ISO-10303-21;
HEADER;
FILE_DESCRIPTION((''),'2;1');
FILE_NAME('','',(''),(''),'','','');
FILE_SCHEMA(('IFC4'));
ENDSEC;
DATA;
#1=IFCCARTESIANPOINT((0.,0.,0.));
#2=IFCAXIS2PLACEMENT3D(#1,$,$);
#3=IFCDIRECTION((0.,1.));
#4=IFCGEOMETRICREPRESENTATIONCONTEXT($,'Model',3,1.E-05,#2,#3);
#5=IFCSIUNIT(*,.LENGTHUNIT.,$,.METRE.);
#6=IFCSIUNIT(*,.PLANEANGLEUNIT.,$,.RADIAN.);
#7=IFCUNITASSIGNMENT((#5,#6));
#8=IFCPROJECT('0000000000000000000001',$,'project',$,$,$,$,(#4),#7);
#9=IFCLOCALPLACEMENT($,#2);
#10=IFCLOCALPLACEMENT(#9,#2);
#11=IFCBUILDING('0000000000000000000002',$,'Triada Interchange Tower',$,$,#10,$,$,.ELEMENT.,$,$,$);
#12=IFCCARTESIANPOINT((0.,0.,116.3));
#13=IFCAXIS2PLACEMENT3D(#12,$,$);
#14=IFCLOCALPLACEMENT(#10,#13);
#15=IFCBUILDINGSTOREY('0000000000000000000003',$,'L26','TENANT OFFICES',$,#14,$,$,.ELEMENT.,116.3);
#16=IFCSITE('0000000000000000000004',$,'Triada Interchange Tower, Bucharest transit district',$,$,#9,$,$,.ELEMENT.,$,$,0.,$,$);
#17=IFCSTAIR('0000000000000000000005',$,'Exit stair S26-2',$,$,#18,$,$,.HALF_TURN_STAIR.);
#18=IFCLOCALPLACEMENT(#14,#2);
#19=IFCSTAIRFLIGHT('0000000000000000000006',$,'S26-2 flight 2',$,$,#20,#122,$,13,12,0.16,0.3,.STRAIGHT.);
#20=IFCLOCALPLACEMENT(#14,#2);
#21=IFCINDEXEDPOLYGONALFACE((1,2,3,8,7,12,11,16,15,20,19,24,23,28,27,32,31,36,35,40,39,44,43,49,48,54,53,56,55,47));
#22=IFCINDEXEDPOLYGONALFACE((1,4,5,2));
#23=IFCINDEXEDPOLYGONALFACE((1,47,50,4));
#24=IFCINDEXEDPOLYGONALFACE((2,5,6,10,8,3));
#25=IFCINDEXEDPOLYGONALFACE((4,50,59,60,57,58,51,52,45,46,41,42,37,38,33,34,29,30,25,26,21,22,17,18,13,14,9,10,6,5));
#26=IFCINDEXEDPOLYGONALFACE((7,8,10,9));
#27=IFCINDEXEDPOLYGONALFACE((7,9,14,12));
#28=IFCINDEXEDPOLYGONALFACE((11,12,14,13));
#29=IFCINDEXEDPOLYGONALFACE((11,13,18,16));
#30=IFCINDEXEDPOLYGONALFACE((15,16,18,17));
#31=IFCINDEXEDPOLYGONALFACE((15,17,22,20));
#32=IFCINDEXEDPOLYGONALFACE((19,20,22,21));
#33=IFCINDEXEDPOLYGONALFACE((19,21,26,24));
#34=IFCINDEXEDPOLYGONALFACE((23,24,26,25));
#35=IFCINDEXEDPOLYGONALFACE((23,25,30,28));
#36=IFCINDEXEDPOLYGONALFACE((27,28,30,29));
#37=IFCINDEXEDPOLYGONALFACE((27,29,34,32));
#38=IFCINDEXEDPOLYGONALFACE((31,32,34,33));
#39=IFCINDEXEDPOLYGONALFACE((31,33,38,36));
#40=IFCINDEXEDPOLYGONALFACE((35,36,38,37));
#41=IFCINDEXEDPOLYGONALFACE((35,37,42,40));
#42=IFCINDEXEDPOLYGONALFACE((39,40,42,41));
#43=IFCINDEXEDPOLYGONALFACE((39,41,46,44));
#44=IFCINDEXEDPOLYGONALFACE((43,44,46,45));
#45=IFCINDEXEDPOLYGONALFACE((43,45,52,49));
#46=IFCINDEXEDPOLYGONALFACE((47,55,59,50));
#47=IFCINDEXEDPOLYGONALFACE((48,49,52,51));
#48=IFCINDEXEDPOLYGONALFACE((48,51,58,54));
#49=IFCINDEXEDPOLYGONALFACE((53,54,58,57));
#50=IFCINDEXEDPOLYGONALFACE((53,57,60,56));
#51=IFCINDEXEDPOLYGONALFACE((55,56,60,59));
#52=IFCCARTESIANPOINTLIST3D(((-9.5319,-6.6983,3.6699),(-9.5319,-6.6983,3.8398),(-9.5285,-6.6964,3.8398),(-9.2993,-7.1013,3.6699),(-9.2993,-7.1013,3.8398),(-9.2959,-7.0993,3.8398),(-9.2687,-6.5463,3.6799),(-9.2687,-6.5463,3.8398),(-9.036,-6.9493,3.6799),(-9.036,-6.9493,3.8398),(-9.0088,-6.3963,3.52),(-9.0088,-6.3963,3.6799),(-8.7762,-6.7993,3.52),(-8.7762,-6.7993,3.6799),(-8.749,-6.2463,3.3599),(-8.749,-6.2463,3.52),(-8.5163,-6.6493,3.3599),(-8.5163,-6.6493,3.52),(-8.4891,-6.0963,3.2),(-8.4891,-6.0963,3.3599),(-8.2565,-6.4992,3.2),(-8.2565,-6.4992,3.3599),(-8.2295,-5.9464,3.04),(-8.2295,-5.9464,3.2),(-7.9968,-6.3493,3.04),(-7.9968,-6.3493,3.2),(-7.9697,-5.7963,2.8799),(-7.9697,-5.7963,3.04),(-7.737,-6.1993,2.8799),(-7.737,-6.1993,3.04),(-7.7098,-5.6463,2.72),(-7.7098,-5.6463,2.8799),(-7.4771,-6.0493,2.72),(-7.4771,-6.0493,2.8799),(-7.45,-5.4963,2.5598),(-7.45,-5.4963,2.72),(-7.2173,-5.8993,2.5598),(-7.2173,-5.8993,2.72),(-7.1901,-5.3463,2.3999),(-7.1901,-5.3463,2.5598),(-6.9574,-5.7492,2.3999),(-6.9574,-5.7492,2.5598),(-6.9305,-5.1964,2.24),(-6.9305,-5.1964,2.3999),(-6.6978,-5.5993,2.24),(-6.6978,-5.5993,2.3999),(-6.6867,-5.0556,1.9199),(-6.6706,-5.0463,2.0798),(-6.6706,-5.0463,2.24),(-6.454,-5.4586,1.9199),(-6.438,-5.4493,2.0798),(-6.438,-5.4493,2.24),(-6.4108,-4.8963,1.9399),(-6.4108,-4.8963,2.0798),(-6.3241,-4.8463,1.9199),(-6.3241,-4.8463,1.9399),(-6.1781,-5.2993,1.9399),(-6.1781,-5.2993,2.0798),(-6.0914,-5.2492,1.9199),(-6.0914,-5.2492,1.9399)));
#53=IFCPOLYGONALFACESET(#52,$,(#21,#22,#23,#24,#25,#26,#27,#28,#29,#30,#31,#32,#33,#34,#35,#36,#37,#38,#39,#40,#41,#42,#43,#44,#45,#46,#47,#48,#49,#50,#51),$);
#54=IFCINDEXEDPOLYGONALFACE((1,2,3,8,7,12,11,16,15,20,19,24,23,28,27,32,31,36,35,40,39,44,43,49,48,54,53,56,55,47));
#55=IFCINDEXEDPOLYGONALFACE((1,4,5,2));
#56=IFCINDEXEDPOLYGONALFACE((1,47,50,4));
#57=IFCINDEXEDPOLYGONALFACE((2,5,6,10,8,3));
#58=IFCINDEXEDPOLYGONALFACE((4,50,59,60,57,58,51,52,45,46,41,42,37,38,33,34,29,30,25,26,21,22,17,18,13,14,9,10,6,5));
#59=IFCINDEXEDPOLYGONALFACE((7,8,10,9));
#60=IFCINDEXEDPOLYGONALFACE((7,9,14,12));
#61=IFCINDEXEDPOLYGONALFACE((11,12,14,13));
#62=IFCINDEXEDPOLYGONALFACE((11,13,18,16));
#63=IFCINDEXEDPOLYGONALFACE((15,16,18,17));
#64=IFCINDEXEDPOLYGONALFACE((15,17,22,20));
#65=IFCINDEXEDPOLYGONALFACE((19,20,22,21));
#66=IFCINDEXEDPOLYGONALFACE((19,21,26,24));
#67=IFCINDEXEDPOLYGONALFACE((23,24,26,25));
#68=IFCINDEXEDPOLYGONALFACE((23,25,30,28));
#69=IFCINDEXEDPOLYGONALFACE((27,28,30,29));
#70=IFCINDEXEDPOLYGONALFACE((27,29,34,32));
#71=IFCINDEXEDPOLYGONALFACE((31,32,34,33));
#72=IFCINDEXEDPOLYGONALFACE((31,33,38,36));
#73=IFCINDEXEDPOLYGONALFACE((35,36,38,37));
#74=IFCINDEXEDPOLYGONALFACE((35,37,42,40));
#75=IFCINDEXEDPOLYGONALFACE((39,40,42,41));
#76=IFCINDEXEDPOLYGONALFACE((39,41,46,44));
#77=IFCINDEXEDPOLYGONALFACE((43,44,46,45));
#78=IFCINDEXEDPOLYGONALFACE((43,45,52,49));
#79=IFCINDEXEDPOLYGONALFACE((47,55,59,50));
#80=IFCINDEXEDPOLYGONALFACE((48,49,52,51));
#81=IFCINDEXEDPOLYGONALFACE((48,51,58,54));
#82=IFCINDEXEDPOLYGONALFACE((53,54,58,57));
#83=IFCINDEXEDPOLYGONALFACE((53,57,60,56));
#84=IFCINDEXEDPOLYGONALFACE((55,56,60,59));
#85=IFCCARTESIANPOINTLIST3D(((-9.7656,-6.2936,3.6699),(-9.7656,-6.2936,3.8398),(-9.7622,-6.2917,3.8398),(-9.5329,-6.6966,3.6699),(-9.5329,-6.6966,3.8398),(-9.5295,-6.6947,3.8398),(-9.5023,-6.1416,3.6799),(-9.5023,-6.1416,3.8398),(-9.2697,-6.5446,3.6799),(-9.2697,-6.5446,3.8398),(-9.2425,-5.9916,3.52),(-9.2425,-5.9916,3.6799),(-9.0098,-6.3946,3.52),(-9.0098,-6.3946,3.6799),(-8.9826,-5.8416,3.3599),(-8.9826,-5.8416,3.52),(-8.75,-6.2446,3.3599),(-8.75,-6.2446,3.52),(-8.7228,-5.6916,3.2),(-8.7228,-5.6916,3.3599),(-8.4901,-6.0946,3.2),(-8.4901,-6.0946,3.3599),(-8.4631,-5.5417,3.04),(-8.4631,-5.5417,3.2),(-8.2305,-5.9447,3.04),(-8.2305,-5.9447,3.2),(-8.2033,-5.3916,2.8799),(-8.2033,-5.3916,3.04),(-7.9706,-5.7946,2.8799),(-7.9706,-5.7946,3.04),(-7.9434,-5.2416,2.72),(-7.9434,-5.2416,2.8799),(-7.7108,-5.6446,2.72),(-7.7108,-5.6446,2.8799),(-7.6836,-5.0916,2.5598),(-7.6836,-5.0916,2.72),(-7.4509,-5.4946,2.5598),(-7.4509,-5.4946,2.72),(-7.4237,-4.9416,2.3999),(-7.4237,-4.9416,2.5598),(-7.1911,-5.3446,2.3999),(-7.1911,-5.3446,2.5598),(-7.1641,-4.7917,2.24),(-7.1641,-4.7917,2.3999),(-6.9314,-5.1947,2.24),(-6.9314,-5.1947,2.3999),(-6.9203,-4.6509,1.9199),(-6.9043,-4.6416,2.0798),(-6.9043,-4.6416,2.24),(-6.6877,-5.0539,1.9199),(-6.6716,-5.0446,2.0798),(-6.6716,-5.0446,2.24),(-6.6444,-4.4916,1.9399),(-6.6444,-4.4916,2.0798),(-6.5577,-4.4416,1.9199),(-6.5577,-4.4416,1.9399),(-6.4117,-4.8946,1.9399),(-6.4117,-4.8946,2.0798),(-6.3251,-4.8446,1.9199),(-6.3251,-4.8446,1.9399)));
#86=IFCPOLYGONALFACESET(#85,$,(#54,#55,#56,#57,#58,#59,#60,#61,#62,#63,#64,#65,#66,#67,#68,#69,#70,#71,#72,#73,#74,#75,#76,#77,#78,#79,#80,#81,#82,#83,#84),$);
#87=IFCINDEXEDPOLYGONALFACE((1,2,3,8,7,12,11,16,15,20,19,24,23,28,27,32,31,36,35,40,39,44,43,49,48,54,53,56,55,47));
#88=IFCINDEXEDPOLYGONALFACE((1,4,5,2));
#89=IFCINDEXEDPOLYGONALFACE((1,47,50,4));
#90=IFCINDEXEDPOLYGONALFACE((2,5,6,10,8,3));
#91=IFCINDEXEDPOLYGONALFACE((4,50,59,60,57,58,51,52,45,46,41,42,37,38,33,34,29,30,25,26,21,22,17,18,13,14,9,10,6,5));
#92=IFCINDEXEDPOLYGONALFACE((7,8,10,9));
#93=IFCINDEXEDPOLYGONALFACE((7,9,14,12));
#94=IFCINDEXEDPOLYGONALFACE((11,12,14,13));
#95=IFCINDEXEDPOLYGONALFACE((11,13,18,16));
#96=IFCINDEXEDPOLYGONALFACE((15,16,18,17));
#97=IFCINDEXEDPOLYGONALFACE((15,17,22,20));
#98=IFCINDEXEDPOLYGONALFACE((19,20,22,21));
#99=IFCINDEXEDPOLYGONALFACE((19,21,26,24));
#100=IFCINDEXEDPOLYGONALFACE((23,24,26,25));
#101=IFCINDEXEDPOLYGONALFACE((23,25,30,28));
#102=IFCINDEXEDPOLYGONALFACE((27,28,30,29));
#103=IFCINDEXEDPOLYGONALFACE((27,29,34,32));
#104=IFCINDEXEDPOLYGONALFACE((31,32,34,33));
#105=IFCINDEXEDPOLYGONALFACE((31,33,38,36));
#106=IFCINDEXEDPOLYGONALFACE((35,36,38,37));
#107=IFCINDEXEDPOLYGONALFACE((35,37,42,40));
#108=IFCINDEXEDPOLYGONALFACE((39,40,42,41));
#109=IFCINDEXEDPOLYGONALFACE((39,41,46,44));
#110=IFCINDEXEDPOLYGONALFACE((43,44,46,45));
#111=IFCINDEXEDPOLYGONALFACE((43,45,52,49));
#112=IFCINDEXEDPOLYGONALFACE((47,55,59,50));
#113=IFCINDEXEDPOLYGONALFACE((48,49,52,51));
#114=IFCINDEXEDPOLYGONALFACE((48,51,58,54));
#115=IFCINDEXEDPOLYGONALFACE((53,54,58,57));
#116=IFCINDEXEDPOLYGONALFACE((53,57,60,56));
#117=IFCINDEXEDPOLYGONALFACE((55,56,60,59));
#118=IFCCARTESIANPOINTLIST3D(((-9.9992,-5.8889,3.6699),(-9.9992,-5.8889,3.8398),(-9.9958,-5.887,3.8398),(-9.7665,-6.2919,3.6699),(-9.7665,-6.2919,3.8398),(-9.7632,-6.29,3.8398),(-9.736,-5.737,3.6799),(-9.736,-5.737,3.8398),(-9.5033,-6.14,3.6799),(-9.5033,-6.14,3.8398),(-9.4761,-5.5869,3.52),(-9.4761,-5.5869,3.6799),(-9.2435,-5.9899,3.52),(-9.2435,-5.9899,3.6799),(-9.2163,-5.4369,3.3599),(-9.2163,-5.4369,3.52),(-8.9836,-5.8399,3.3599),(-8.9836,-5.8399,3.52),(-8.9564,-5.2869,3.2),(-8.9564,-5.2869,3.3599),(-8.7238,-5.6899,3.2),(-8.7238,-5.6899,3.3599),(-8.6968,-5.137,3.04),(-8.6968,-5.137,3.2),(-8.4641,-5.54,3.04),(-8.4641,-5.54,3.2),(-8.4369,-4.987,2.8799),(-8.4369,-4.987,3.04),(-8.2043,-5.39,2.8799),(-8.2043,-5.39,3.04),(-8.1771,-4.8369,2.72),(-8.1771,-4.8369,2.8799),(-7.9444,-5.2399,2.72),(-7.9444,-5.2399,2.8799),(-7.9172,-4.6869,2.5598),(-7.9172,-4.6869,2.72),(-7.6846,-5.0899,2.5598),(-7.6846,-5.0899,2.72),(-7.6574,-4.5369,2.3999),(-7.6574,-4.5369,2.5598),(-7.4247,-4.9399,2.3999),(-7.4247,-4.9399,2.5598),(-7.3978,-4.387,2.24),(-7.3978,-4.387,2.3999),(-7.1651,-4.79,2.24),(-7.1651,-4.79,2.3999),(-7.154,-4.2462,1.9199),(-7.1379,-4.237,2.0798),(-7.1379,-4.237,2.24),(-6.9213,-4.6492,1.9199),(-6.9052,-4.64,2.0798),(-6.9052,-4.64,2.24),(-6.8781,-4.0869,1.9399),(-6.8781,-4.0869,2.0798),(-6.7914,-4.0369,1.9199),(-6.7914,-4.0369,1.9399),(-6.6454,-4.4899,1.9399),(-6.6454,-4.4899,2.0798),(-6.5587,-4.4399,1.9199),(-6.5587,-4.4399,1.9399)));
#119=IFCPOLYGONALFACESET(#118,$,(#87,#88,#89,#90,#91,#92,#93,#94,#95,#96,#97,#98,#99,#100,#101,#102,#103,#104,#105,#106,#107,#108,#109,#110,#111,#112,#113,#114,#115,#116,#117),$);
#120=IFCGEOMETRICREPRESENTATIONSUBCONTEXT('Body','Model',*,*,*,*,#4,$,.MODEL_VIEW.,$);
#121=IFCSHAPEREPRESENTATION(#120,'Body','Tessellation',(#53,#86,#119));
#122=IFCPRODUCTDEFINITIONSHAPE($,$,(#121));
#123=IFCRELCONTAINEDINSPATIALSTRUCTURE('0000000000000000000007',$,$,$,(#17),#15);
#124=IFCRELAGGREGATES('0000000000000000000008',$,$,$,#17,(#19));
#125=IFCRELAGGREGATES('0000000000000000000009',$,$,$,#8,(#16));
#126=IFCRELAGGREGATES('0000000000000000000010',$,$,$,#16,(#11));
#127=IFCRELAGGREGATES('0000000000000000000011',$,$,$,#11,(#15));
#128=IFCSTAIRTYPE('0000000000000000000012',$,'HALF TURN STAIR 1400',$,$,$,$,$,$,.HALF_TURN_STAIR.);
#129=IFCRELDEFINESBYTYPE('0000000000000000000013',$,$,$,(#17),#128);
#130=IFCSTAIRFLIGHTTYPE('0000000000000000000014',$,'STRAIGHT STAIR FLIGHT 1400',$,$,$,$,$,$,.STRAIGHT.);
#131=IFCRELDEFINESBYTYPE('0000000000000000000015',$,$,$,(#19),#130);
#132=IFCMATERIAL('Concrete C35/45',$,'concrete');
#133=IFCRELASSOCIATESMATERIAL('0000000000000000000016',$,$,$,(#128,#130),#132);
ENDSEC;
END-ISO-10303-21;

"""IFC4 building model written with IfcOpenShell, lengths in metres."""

from ifc_helpers import new_model, si_unit, direction, frame, origin, place, context, subcontext, project, spatial, polyline, outline, extrude, material, type_object, element, aggregate, save


model = new_model("IFC4")

# Units and contexts
model_context = context("Model", 3, precision=1e-05, world=origin(), true_north=direction((0.0, 1.0)))
body_context = subcontext(model_context, "Body", "Model", "MODEL_VIEW")
ifc_project = project(units=[si_unit("LENGTHUNIT", "METRE"), si_unit("PLANEANGLEUNIT", "RADIAN")], contexts=[model_context])

# Site, building, storey
site_placement = place(None, origin())
site = spatial("IfcSite", under=ifc_project, at=site_placement, Name="Triada Interchange Tower, Bucharest transit district", CompositionType="ELEMENT", RefElevation=0.0)
building_placement = place(site_placement, origin())
building = spatial("IfcBuilding", under=site, at=building_placement, Name="Triada Interchange Tower", CompositionType="ELEMENT")
storey_placement = place(building_placement, frame((0.0, 0.0, 116.3)))
storey = spatial("IfcBuildingStorey", under=building, at=storey_placement, Name="L26", Description="TENANT OFFICES", CompositionType="ELEMENT", Elevation=116.3)

# Stair, stair flight
ifc_material_1 = material(Name="Concrete C35/45", Category="concrete")
stair_type = type_object("IfcStairType", Name="HALF TURN STAIR 1400", PredefinedType="HALF_TURN_STAIR", material=ifc_material_1)
stair_placement = place(storey_placement, origin())
stair = element("IfcStair", 1, at=stair_placement, inside=storey, type_object=stair_type, Name="Exit stair S26-2", PredefinedType="HALF_TURN_STAIR")
stair_flight_type = type_object("IfcStairFlightType", Name="STRAIGHT STAIR FLIGHT 1400", PredefinedType="STRAIGHT", material=ifc_material_1)
stair_flight_1_placement = place(storey_placement, frame((-6.5281, -4.6931, 1.9199), z_axis=(0.0, 0.0, 1.0), x_axis=(-0.866025, -0.5, 0.0)))
stair_flight_1 = element("IfcStairFlight", 2, at=stair_flight_1_placement, type_object=stair_flight_type, Name="S26-2 flight 2", NumberOfRisers=13, NumberOfTreads=12, PredefinedType="STRAIGHT", RiserHeight=0.16, TreadLength=0.3, context=body_context, shape_type="SweptSolid", body=[
    extrude(outline(polyline([(-0.1001, 0.0), (-0.1001, 0.02), (0.0, 0.02), (0.0, 0.1599), (0.3, 0.1599), (0.3, 0.3201), (0.6001, 0.3201), (0.6001, 0.48), (0.8999, 0.48), (0.8999, 0.6399), (1.2, 0.6399), (1.2, 0.8), (1.5, 0.8), (1.5, 0.96), (1.8, 0.96), (1.8, 1.1201), (2.1001, 1.1201), (2.1001, 1.28), (2.3999, 1.28), (2.3999, 1.4399), (2.7, 1.4399), (2.7, 1.6001), (3.0, 1.6001), (3.0, 1.76), (3.3, 1.76), (3.3, 1.9199), (3.6001, 1.9199), (3.604, 1.9199), (3.604, 2.0801), (3.604, 1.75), (0.3186, 0.0), (-0.1001, 0.0)])), frame((0.0, 0.7, 0.0), z_axis=(0.0, -1.0, 0.0), x_axis=(1.0, 0.0, 0.0)), (0.0, 0.0, 1.0), 0.4653),
    extrude(outline(polyline([(-0.1001, 0.0), (-0.1001, 0.02), (0.0, 0.02), (0.0, 0.1599), (0.3, 0.1599), (0.3, 0.3201), (0.6001, 0.3201), (0.6001, 0.48), (0.8999, 0.48), (0.8999, 0.6399), (1.2, 0.6399), (1.2, 0.8), (1.5, 0.8), (1.5, 0.96), (1.8, 0.96), (1.8, 1.1201), (2.1001, 1.1201), (2.1001, 1.28), (2.3999, 1.28), (2.3999, 1.4399), (2.7, 1.4399), (2.7, 1.6001), (3.0, 1.6001), (3.0, 1.76), (3.3, 1.76), (3.3, 1.9199), (3.6001, 1.9199), (3.604, 1.9199), (3.604, 2.0801), (3.604, 1.75), (0.3186, 0.0), (-0.1001, 0.0)])), frame((0.0, 0.2327, 0.0), z_axis=(0.0, -1.0, 0.0), x_axis=(1.0, 0.0, 0.0)), (0.0, 0.0, 1.0), 0.4653),
    extrude(outline(polyline([(-0.1001, 0.0), (-0.1001, 0.02), (0.0, 0.02), (0.0, 0.1599), (0.3, 0.1599), (0.3, 0.3201), (0.6001, 0.3201), (0.6001, 0.48), (0.8999, 0.48), (0.8999, 0.6399), (1.2, 0.6399), (1.2, 0.8), (1.5, 0.8), (1.5, 0.96), (1.8, 0.96), (1.8, 1.1201), (2.1001, 1.1201), (2.1001, 1.28), (2.3999, 1.28), (2.3999, 1.4399), (2.7, 1.4399), (2.7, 1.6001), (3.0, 1.6001), (3.0, 1.76), (3.3, 1.76), (3.3, 1.9199), (3.6001, 1.9199), (3.604, 1.9199), (3.604, 2.0801), (3.604, 1.75), (0.3186, 0.0), (-0.1001, 0.0)])), frame((0.0, -0.2346, 0.0), z_axis=(0.0, -1.0, 0.0), x_axis=(1.0, 0.0, 0.0)), (0.0, 0.0, 1.0), 0.4653),
])
aggregate(stair, [stair_flight_1])

save(model, "model.ifc")
